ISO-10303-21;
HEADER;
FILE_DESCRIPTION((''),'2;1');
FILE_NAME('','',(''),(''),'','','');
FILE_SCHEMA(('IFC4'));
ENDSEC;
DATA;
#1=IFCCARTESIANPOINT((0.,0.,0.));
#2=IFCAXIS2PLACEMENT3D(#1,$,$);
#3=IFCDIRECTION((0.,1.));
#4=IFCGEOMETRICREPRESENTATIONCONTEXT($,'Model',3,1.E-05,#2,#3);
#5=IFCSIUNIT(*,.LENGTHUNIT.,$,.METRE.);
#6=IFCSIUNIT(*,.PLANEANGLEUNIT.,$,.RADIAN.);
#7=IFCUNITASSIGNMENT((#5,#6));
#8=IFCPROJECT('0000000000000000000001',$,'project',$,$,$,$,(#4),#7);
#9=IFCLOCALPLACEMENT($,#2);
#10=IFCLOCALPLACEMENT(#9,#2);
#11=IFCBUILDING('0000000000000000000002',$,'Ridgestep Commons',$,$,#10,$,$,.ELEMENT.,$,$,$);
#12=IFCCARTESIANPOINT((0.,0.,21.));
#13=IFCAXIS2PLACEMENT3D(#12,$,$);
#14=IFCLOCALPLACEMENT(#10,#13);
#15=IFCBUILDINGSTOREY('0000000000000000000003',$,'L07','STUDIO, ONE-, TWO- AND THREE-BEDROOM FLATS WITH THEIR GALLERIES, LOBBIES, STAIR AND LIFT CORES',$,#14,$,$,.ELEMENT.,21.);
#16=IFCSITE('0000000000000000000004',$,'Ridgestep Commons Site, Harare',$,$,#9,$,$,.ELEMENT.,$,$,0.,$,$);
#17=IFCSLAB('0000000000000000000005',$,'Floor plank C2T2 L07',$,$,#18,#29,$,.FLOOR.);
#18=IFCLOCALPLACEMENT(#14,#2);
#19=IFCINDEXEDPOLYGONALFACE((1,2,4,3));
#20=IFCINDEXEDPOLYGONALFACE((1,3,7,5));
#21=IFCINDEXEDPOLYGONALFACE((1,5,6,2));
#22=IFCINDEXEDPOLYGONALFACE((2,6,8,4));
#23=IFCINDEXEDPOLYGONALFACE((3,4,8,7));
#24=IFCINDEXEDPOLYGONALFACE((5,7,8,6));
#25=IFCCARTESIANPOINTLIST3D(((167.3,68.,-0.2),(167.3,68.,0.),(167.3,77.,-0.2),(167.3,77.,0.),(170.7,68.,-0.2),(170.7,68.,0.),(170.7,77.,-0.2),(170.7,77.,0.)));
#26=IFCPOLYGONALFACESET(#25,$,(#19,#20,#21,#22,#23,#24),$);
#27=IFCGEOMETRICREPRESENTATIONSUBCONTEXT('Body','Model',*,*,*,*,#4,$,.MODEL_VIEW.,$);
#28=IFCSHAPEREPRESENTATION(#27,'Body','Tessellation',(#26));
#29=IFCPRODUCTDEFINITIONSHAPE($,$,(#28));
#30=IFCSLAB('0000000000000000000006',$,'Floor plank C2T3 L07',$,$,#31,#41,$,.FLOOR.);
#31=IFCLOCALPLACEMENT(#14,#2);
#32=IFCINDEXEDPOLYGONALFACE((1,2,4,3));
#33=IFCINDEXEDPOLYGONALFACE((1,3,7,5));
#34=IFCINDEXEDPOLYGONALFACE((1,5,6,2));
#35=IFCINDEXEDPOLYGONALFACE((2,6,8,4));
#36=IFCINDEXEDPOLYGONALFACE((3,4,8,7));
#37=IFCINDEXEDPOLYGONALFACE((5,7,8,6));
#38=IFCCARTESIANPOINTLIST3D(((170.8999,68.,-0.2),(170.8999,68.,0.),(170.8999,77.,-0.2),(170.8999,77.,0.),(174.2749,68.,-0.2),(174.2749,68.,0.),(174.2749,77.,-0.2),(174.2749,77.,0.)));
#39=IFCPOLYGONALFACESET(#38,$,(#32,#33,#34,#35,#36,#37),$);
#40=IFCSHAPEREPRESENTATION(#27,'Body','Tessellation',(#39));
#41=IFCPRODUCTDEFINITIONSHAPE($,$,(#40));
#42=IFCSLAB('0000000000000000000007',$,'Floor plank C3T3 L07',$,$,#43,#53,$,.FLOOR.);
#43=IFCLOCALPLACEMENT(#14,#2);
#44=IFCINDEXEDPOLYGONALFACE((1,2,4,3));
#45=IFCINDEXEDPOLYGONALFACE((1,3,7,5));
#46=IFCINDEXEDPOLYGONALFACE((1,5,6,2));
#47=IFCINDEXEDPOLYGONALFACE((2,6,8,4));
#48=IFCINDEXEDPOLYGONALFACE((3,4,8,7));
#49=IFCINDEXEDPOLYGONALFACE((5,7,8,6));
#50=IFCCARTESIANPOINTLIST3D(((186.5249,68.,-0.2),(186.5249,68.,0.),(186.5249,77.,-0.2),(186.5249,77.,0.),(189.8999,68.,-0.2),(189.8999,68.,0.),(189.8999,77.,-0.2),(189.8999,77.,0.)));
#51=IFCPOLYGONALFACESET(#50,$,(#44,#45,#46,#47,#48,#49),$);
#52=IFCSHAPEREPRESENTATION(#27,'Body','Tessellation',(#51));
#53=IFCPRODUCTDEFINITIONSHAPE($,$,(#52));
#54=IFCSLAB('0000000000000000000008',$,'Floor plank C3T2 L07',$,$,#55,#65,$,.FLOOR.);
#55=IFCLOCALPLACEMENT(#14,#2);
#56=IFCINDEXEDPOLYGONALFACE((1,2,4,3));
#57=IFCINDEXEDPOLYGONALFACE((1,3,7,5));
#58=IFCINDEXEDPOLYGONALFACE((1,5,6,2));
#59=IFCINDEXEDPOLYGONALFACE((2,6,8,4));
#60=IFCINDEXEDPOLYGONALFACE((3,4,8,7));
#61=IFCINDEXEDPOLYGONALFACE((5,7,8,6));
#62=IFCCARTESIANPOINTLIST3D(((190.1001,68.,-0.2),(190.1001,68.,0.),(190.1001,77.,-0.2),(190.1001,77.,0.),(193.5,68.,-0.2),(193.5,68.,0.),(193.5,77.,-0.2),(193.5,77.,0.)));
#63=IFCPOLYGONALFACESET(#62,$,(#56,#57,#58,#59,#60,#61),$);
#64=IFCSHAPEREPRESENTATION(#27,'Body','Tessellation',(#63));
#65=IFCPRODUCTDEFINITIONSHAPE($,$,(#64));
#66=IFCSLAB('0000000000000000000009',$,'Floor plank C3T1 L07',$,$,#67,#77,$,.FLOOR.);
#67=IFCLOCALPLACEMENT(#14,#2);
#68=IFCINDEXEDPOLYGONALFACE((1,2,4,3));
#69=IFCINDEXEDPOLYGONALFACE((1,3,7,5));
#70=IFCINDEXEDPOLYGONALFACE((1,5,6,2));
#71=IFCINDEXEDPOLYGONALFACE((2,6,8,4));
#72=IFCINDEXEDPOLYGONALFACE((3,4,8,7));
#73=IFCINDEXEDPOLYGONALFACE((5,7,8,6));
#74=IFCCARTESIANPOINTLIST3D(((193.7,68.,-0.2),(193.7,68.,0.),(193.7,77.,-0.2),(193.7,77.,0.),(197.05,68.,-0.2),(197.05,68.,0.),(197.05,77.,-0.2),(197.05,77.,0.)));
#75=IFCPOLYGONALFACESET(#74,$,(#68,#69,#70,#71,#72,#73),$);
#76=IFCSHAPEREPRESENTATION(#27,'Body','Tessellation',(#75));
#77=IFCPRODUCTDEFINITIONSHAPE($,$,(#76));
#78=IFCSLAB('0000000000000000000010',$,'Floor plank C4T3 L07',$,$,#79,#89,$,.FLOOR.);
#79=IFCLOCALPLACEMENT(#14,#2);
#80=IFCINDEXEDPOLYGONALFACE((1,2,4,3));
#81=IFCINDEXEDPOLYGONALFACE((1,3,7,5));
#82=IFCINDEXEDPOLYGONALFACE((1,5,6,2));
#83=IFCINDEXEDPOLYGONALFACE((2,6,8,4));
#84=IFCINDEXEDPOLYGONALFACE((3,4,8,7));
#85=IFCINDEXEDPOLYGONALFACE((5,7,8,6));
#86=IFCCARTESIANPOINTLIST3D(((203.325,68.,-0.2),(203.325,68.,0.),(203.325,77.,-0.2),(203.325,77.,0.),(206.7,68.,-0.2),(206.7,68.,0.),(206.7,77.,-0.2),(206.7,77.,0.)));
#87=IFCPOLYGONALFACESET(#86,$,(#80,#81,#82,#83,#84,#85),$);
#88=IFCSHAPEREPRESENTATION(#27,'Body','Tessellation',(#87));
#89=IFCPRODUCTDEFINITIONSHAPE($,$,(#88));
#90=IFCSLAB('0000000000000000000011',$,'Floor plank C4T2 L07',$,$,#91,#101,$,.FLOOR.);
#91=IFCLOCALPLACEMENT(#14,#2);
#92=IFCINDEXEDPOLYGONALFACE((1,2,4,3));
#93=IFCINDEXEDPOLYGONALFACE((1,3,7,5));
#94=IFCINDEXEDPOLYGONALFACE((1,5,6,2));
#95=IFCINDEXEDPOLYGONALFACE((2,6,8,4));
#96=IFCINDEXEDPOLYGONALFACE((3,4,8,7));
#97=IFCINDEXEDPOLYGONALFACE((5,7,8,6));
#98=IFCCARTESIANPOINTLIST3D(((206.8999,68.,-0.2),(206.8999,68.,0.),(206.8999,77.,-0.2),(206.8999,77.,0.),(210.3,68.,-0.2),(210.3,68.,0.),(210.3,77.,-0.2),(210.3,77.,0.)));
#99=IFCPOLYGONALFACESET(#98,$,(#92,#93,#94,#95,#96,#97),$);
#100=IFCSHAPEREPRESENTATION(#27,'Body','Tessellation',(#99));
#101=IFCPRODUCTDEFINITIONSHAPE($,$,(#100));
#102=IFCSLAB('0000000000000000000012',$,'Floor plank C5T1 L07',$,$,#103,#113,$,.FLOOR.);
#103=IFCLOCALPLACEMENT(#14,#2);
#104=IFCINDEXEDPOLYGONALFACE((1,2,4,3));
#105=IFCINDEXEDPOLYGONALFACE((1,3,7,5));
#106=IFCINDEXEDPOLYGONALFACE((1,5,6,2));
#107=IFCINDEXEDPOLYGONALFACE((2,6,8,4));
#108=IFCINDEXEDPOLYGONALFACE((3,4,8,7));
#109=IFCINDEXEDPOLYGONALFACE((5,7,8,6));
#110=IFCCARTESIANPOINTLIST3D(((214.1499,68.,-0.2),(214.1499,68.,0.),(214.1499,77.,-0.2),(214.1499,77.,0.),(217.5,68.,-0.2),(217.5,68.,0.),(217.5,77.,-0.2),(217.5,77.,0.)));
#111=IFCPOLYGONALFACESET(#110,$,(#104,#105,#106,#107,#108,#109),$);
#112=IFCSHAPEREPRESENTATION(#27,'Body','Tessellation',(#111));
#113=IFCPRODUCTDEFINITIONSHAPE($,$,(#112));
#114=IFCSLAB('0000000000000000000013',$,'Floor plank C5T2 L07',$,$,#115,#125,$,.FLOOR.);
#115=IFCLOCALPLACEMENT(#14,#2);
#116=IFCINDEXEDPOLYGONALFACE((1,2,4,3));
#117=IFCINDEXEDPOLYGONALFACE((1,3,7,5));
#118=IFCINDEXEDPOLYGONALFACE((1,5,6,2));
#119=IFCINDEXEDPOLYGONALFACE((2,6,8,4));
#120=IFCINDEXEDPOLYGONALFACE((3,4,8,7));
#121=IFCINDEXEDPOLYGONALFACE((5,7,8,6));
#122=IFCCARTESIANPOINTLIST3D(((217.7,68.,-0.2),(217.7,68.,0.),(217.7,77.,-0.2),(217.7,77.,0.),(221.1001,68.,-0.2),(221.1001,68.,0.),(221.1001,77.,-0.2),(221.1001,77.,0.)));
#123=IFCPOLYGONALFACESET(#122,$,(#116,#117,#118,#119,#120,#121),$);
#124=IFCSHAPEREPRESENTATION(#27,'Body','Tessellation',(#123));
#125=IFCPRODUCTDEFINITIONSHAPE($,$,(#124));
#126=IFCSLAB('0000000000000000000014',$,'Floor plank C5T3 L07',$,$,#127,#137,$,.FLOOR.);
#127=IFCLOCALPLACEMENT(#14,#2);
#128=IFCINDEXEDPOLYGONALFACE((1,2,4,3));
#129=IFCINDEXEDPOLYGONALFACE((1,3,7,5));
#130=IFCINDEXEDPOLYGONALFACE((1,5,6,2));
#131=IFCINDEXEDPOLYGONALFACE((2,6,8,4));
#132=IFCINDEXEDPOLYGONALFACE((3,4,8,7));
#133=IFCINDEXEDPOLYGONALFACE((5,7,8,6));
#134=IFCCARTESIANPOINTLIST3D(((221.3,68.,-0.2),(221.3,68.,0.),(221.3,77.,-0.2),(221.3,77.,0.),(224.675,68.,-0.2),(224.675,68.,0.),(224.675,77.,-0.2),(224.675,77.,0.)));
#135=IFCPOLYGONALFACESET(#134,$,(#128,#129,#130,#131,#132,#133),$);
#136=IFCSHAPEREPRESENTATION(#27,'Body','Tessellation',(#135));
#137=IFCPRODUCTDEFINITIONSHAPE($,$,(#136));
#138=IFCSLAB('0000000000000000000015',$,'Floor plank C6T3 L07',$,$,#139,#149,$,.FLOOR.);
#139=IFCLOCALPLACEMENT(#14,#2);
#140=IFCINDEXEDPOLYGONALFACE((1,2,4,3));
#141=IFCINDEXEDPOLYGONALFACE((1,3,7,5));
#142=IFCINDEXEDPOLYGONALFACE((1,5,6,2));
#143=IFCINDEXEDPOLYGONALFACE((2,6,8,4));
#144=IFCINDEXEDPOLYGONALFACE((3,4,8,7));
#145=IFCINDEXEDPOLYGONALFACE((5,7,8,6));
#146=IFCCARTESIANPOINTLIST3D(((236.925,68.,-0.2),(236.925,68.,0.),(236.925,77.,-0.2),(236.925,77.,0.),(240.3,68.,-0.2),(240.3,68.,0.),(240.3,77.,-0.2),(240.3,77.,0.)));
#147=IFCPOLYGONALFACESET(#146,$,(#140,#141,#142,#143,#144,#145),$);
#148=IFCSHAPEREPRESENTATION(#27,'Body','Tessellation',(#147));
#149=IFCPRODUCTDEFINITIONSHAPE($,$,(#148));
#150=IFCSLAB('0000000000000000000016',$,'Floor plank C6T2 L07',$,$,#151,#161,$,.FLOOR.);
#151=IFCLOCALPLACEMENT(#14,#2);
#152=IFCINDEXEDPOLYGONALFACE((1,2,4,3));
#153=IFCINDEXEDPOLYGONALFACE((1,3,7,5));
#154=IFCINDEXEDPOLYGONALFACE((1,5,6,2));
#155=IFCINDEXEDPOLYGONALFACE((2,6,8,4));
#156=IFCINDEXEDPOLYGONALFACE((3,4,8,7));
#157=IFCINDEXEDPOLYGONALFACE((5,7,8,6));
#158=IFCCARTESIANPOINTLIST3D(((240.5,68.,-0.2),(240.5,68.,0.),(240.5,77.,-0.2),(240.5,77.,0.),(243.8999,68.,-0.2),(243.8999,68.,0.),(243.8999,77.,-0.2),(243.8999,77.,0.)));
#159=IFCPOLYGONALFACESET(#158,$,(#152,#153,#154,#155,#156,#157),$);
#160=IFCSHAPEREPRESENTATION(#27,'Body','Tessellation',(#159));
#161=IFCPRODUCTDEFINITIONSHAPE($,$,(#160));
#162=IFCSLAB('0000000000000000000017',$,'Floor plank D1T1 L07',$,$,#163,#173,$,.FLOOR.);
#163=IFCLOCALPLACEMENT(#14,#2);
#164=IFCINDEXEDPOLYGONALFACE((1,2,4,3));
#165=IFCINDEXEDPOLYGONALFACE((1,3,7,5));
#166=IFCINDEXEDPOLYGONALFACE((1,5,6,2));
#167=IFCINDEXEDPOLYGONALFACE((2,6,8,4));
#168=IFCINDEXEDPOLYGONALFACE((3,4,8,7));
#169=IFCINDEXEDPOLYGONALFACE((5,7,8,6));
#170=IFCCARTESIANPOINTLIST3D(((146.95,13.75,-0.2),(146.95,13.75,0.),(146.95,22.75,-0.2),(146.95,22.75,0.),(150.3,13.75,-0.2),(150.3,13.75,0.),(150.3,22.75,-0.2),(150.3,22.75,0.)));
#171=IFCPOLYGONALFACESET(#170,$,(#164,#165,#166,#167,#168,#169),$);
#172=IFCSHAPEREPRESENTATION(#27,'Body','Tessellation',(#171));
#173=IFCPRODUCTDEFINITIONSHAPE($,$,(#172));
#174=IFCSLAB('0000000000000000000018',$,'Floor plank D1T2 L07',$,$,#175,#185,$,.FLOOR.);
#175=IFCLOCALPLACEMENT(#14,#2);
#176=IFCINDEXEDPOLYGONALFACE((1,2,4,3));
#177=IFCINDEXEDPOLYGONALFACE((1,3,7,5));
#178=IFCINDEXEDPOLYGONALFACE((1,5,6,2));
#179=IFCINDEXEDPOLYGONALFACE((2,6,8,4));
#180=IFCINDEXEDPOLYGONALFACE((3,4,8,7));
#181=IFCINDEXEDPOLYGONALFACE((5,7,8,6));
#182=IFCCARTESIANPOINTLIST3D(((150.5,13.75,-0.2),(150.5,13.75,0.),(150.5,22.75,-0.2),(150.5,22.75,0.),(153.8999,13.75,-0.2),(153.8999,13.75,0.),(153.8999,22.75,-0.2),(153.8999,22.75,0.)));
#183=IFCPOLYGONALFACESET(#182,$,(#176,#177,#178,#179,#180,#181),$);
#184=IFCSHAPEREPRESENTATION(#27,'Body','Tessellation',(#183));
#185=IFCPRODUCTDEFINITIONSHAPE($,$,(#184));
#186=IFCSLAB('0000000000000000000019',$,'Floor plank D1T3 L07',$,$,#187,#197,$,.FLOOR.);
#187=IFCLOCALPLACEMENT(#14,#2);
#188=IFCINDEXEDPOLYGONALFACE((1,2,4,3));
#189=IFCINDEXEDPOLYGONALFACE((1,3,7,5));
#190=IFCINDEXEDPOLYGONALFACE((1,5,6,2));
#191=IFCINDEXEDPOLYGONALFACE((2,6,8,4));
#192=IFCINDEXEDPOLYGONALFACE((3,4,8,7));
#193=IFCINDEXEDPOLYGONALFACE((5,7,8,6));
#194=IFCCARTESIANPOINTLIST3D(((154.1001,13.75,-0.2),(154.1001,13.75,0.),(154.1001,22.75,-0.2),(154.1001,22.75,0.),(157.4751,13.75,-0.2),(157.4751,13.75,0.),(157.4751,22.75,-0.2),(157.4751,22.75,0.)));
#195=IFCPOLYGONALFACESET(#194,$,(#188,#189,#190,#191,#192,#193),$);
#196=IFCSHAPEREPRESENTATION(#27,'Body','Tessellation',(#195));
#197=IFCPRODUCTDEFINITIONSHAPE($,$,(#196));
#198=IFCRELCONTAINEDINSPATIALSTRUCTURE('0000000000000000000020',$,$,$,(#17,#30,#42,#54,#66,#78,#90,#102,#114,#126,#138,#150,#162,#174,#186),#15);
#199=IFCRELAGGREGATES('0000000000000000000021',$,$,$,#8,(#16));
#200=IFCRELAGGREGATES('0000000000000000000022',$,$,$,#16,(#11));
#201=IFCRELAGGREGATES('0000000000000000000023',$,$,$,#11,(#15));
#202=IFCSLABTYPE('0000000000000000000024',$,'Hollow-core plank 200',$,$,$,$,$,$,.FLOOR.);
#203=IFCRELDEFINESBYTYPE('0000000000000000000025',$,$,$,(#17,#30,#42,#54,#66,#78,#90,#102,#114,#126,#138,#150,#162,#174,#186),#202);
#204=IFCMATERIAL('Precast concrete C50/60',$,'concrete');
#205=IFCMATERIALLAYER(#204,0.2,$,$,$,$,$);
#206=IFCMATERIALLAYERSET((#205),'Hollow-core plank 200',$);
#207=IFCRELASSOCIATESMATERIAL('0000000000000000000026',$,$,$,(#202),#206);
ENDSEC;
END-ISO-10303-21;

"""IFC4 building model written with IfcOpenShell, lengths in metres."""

from ifc_helpers import new_model, si_unit, direction, frame, origin, place, context, subcontext, project, spatial, polyline, outline, extrude, material, layer, layer_set, type_object, element, save


model = new_model("IFC4")

# Units and contexts
model_context = context("Model", 3, precision=1e-05, world=origin(), true_north=direction((0.0, 1.0)))
body_context = subcontext(model_context, "Body", "Model", "MODEL_VIEW")
ifc_project = project(units=[si_unit("LENGTHUNIT", "METRE"), si_unit("PLANEANGLEUNIT", "RADIAN")], contexts=[model_context])

# Site, building, storey
site_placement = place(None, origin())
site = spatial("IfcSite", under=ifc_project, at=site_placement, Name="Ridgestep Commons Site, Harare", CompositionType="ELEMENT", RefElevation=0.0)
building_placement = place(site_placement, origin())
building = spatial("IfcBuilding", under=site, at=building_placement, Name="Ridgestep Commons", CompositionType="ELEMENT")
storey_placement = place(building_placement, frame((0.0, 0.0, 21.0)))
storey = spatial("IfcBuildingStorey", under=building, at=storey_placement, Name="L07", Description="STUDIO, ONE-, TWO- AND THREE-BEDROOM FLATS WITH THEIR GALLERIES, LOBBIES, STAIR AND LIFT CORES", CompositionType="ELEMENT", Elevation=21.0)

# Slabs
ifc_material_1 = material(Name="Precast concrete C50/60", Category="concrete")
ifc_layer_1 = layer(ifc_material_1, 0.2)
ifc_layer_set_1 = layer_set([ifc_layer_1], Name="Hollow-core plank 200")
slab_type_1 = type_object("IfcSlabType", Name="Hollow-core plank 200", PredefinedType="FLOOR", material=ifc_layer_set_1)
slab_1_placement = place(storey_placement, frame((0.0, 0.0, -0.2)))
element("IfcSlab", 1, at=slab_1_placement, inside=storey, type_object=slab_type_1, Name="Floor plank C2T2 L07", PredefinedType="FLOOR", context=body_context, shape_type="SweptSolid", body=[
    extrude(outline(polyline([(170.7, 68.0), (170.7, 77.0), (167.3, 77.0), (167.3, 68.0), (170.7, 68.0)])), origin(), (0.0, 0.0, 1.0), 0.2),
])
slab_2_placement = place(storey_placement, frame((0.0, 0.0, -0.2)))
element("IfcSlab", 2, at=slab_2_placement, inside=storey, type_object=slab_type_1, Name="Floor plank C2T3 L07", PredefinedType="FLOOR", context=body_context, shape_type="SweptSolid", body=[
    extrude(outline(polyline([(174.2749, 68.0), (174.2749, 77.0), (170.8999, 77.0), (170.8999, 68.0), (174.2749, 68.0)])), origin(), (0.0, 0.0, 1.0), 0.2),
])
slab_3_placement = place(storey_placement, frame((0.0, 0.0, -0.2)))
element("IfcSlab", 3, at=slab_3_placement, inside=storey, type_object=slab_type_1, Name="Floor plank C3T3 L07", PredefinedType="FLOOR", context=body_context, shape_type="SweptSolid", body=[
    extrude(outline(polyline([(189.8999, 68.0), (189.8999, 77.0), (186.5249, 77.0), (186.5249, 68.0), (189.8999, 68.0)])), origin(), (0.0, 0.0, 1.0), 0.2),
])
slab_4_placement = place(storey_placement, frame((0.0, 0.0, -0.2)))
element("IfcSlab", 4, at=slab_4_placement, inside=storey, type_object=slab_type_1, Name="Floor plank C3T2 L07", PredefinedType="FLOOR", context=body_context, shape_type="SweptSolid", body=[
    extrude(outline(polyline([(193.5, 68.0), (193.5, 77.0), (190.1001, 77.0), (190.1001, 68.0), (193.5, 68.0)])), origin(), (0.0, 0.0, 1.0), 0.2),
])
slab_5_placement = place(storey_placement, frame((0.0, 0.0, -0.2)))
element("IfcSlab", 5, at=slab_5_placement, inside=storey, type_object=slab_type_1, Name="Floor plank C3T1 L07", PredefinedType="FLOOR", context=body_context, shape_type="SweptSolid", body=[
    extrude(outline(polyline([(197.05, 68.0), (197.05, 77.0), (193.7, 77.0), (193.7, 68.0), (197.05, 68.0)])), origin(), (0.0, 0.0, 1.0), 0.2),
])
slab_6_placement = place(storey_placement, frame((0.0, 0.0, -0.2)))
element("IfcSlab", 6, at=slab_6_placement, inside=storey, type_object=slab_type_1, Name="Floor plank C4T3 L07", PredefinedType="FLOOR", context=body_context, shape_type="SweptSolid", body=[
    extrude(outline(polyline([(206.7, 68.0), (206.7, 77.0), (203.325, 77.0), (203.325, 68.0), (206.7, 68.0)])), origin(), (0.0, 0.0, 1.0), 0.2),
])
slab_7_placement = place(storey_placement, frame((0.0, 0.0, -0.2)))
element("IfcSlab", 7, at=slab_7_placement, inside=storey, type_object=slab_type_1, Name="Floor plank C4T2 L07", PredefinedType="FLOOR", context=body_context, shape_type="SweptSolid", body=[
    extrude(outline(polyline([(210.3, 68.0), (210.3, 77.0), (206.8999, 77.0), (206.8999, 68.0), (210.3, 68.0)])), origin(), (0.0, 0.0, 1.0), 0.2),
])
slab_8_placement = place(storey_placement, frame((0.0, 0.0, -0.2)))
element("IfcSlab", 8, at=slab_8_placement, inside=storey, type_object=slab_type_1, Name="Floor plank C5T1 L07", PredefinedType="FLOOR", context=body_context, shape_type="SweptSolid", body=[
    extrude(outline(polyline([(217.5, 68.0), (217.5, 77.0), (214.1499, 77.0), (214.1499, 68.0), (217.5, 68.0)])), origin(), (0.0, 0.0, 1.0), 0.2),
])
slab_9_placement = place(storey_placement, frame((0.0, 0.0, -0.2)))
element("IfcSlab", 9, at=slab_9_placement, inside=storey, type_object=slab_type_1, Name="Floor plank C5T2 L07", PredefinedType="FLOOR", context=body_context, shape_type="SweptSolid", body=[
    extrude(outline(polyline([(221.1001, 68.0), (221.1001, 77.0), (217.7, 77.0), (217.7, 68.0), (221.1001, 68.0)])), origin(), (0.0, 0.0, 1.0), 0.2),
])
slab_10_placement = place(storey_placement, frame((0.0, 0.0, -0.2)))
element("IfcSlab", 10, at=slab_10_placement, inside=storey, type_object=slab_type_1, Name="Floor plank C5T3 L07", PredefinedType="FLOOR", context=body_context, shape_type="SweptSolid", body=[
    extrude(outline(polyline([(224.675, 68.0), (224.675, 77.0), (221.3, 77.0), (221.3, 68.0), (224.675, 68.0)])), origin(), (0.0, 0.0, 1.0), 0.2),
])
slab_11_placement = place(storey_placement, frame((0.0, 0.0, -0.2)))
element("IfcSlab", 11, at=slab_11_placement, inside=storey, type_object=slab_type_1, Name="Floor plank C6T3 L07", PredefinedType="FLOOR", context=body_context, shape_type="SweptSolid", body=[
    extrude(outline(polyline([(240.3, 68.0), (240.3, 77.0), (236.925, 77.0), (236.925, 68.0), (240.3, 68.0)])), origin(), (0.0, 0.0, 1.0), 0.2),
])
slab_12_placement = place(storey_placement, frame((0.0, 0.0, -0.2)))
element("IfcSlab", 12, at=slab_12_placement, inside=storey, type_object=slab_type_1, Name="Floor plank C6T2 L07", PredefinedType="FLOOR", context=body_context, shape_type="SweptSolid", body=[
    extrude(outline(polyline([(243.8999, 68.0), (243.8999, 77.0), (240.5, 77.0), (240.5, 68.0), (243.8999, 68.0)])), origin(), (0.0, 0.0, 1.0), 0.2),
])
slab_13_placement = place(storey_placement, frame((0.0, 0.0, -0.2)))
element("IfcSlab", 13, at=slab_13_placement, inside=storey, type_object=slab_type_1, Name="Floor plank D1T1 L07", PredefinedType="FLOOR", context=body_context, shape_type="SweptSolid", body=[
    extrude(outline(polyline([(150.3, 13.75), (150.3, 22.75), (146.95, 22.75), (146.95, 13.75), (150.3, 13.75)])), origin(), (0.0, 0.0, 1.0), 0.2),
])
slab_14_placement = place(storey_placement, frame((0.0, 0.0, -0.2)))
element("IfcSlab", 14, at=slab_14_placement, inside=storey, type_object=slab_type_1, Name="Floor plank D1T2 L07", PredefinedType="FLOOR", context=body_context, shape_type="SweptSolid", body=[
    extrude(outline(polyline([(153.8999, 13.75), (153.8999, 22.75), (150.5, 22.75), (150.5, 13.75), (153.8999, 13.75)])), origin(), (0.0, 0.0, 1.0), 0.2),
])
slab_15_placement = place(storey_placement, frame((0.0, 0.0, -0.2)))
element("IfcSlab", 15, at=slab_15_placement, inside=storey, type_object=slab_type_1, Name="Floor plank D1T3 L07", PredefinedType="FLOOR", context=body_context, shape_type="SweptSolid", body=[
    extrude(outline(polyline([(157.4751, 13.75), (157.4751, 22.75), (154.1001, 22.75), (154.1001, 13.75), (157.4751, 13.75)])), origin(), (0.0, 0.0, 1.0), 0.2),
])

save(model, "model.ifc")
